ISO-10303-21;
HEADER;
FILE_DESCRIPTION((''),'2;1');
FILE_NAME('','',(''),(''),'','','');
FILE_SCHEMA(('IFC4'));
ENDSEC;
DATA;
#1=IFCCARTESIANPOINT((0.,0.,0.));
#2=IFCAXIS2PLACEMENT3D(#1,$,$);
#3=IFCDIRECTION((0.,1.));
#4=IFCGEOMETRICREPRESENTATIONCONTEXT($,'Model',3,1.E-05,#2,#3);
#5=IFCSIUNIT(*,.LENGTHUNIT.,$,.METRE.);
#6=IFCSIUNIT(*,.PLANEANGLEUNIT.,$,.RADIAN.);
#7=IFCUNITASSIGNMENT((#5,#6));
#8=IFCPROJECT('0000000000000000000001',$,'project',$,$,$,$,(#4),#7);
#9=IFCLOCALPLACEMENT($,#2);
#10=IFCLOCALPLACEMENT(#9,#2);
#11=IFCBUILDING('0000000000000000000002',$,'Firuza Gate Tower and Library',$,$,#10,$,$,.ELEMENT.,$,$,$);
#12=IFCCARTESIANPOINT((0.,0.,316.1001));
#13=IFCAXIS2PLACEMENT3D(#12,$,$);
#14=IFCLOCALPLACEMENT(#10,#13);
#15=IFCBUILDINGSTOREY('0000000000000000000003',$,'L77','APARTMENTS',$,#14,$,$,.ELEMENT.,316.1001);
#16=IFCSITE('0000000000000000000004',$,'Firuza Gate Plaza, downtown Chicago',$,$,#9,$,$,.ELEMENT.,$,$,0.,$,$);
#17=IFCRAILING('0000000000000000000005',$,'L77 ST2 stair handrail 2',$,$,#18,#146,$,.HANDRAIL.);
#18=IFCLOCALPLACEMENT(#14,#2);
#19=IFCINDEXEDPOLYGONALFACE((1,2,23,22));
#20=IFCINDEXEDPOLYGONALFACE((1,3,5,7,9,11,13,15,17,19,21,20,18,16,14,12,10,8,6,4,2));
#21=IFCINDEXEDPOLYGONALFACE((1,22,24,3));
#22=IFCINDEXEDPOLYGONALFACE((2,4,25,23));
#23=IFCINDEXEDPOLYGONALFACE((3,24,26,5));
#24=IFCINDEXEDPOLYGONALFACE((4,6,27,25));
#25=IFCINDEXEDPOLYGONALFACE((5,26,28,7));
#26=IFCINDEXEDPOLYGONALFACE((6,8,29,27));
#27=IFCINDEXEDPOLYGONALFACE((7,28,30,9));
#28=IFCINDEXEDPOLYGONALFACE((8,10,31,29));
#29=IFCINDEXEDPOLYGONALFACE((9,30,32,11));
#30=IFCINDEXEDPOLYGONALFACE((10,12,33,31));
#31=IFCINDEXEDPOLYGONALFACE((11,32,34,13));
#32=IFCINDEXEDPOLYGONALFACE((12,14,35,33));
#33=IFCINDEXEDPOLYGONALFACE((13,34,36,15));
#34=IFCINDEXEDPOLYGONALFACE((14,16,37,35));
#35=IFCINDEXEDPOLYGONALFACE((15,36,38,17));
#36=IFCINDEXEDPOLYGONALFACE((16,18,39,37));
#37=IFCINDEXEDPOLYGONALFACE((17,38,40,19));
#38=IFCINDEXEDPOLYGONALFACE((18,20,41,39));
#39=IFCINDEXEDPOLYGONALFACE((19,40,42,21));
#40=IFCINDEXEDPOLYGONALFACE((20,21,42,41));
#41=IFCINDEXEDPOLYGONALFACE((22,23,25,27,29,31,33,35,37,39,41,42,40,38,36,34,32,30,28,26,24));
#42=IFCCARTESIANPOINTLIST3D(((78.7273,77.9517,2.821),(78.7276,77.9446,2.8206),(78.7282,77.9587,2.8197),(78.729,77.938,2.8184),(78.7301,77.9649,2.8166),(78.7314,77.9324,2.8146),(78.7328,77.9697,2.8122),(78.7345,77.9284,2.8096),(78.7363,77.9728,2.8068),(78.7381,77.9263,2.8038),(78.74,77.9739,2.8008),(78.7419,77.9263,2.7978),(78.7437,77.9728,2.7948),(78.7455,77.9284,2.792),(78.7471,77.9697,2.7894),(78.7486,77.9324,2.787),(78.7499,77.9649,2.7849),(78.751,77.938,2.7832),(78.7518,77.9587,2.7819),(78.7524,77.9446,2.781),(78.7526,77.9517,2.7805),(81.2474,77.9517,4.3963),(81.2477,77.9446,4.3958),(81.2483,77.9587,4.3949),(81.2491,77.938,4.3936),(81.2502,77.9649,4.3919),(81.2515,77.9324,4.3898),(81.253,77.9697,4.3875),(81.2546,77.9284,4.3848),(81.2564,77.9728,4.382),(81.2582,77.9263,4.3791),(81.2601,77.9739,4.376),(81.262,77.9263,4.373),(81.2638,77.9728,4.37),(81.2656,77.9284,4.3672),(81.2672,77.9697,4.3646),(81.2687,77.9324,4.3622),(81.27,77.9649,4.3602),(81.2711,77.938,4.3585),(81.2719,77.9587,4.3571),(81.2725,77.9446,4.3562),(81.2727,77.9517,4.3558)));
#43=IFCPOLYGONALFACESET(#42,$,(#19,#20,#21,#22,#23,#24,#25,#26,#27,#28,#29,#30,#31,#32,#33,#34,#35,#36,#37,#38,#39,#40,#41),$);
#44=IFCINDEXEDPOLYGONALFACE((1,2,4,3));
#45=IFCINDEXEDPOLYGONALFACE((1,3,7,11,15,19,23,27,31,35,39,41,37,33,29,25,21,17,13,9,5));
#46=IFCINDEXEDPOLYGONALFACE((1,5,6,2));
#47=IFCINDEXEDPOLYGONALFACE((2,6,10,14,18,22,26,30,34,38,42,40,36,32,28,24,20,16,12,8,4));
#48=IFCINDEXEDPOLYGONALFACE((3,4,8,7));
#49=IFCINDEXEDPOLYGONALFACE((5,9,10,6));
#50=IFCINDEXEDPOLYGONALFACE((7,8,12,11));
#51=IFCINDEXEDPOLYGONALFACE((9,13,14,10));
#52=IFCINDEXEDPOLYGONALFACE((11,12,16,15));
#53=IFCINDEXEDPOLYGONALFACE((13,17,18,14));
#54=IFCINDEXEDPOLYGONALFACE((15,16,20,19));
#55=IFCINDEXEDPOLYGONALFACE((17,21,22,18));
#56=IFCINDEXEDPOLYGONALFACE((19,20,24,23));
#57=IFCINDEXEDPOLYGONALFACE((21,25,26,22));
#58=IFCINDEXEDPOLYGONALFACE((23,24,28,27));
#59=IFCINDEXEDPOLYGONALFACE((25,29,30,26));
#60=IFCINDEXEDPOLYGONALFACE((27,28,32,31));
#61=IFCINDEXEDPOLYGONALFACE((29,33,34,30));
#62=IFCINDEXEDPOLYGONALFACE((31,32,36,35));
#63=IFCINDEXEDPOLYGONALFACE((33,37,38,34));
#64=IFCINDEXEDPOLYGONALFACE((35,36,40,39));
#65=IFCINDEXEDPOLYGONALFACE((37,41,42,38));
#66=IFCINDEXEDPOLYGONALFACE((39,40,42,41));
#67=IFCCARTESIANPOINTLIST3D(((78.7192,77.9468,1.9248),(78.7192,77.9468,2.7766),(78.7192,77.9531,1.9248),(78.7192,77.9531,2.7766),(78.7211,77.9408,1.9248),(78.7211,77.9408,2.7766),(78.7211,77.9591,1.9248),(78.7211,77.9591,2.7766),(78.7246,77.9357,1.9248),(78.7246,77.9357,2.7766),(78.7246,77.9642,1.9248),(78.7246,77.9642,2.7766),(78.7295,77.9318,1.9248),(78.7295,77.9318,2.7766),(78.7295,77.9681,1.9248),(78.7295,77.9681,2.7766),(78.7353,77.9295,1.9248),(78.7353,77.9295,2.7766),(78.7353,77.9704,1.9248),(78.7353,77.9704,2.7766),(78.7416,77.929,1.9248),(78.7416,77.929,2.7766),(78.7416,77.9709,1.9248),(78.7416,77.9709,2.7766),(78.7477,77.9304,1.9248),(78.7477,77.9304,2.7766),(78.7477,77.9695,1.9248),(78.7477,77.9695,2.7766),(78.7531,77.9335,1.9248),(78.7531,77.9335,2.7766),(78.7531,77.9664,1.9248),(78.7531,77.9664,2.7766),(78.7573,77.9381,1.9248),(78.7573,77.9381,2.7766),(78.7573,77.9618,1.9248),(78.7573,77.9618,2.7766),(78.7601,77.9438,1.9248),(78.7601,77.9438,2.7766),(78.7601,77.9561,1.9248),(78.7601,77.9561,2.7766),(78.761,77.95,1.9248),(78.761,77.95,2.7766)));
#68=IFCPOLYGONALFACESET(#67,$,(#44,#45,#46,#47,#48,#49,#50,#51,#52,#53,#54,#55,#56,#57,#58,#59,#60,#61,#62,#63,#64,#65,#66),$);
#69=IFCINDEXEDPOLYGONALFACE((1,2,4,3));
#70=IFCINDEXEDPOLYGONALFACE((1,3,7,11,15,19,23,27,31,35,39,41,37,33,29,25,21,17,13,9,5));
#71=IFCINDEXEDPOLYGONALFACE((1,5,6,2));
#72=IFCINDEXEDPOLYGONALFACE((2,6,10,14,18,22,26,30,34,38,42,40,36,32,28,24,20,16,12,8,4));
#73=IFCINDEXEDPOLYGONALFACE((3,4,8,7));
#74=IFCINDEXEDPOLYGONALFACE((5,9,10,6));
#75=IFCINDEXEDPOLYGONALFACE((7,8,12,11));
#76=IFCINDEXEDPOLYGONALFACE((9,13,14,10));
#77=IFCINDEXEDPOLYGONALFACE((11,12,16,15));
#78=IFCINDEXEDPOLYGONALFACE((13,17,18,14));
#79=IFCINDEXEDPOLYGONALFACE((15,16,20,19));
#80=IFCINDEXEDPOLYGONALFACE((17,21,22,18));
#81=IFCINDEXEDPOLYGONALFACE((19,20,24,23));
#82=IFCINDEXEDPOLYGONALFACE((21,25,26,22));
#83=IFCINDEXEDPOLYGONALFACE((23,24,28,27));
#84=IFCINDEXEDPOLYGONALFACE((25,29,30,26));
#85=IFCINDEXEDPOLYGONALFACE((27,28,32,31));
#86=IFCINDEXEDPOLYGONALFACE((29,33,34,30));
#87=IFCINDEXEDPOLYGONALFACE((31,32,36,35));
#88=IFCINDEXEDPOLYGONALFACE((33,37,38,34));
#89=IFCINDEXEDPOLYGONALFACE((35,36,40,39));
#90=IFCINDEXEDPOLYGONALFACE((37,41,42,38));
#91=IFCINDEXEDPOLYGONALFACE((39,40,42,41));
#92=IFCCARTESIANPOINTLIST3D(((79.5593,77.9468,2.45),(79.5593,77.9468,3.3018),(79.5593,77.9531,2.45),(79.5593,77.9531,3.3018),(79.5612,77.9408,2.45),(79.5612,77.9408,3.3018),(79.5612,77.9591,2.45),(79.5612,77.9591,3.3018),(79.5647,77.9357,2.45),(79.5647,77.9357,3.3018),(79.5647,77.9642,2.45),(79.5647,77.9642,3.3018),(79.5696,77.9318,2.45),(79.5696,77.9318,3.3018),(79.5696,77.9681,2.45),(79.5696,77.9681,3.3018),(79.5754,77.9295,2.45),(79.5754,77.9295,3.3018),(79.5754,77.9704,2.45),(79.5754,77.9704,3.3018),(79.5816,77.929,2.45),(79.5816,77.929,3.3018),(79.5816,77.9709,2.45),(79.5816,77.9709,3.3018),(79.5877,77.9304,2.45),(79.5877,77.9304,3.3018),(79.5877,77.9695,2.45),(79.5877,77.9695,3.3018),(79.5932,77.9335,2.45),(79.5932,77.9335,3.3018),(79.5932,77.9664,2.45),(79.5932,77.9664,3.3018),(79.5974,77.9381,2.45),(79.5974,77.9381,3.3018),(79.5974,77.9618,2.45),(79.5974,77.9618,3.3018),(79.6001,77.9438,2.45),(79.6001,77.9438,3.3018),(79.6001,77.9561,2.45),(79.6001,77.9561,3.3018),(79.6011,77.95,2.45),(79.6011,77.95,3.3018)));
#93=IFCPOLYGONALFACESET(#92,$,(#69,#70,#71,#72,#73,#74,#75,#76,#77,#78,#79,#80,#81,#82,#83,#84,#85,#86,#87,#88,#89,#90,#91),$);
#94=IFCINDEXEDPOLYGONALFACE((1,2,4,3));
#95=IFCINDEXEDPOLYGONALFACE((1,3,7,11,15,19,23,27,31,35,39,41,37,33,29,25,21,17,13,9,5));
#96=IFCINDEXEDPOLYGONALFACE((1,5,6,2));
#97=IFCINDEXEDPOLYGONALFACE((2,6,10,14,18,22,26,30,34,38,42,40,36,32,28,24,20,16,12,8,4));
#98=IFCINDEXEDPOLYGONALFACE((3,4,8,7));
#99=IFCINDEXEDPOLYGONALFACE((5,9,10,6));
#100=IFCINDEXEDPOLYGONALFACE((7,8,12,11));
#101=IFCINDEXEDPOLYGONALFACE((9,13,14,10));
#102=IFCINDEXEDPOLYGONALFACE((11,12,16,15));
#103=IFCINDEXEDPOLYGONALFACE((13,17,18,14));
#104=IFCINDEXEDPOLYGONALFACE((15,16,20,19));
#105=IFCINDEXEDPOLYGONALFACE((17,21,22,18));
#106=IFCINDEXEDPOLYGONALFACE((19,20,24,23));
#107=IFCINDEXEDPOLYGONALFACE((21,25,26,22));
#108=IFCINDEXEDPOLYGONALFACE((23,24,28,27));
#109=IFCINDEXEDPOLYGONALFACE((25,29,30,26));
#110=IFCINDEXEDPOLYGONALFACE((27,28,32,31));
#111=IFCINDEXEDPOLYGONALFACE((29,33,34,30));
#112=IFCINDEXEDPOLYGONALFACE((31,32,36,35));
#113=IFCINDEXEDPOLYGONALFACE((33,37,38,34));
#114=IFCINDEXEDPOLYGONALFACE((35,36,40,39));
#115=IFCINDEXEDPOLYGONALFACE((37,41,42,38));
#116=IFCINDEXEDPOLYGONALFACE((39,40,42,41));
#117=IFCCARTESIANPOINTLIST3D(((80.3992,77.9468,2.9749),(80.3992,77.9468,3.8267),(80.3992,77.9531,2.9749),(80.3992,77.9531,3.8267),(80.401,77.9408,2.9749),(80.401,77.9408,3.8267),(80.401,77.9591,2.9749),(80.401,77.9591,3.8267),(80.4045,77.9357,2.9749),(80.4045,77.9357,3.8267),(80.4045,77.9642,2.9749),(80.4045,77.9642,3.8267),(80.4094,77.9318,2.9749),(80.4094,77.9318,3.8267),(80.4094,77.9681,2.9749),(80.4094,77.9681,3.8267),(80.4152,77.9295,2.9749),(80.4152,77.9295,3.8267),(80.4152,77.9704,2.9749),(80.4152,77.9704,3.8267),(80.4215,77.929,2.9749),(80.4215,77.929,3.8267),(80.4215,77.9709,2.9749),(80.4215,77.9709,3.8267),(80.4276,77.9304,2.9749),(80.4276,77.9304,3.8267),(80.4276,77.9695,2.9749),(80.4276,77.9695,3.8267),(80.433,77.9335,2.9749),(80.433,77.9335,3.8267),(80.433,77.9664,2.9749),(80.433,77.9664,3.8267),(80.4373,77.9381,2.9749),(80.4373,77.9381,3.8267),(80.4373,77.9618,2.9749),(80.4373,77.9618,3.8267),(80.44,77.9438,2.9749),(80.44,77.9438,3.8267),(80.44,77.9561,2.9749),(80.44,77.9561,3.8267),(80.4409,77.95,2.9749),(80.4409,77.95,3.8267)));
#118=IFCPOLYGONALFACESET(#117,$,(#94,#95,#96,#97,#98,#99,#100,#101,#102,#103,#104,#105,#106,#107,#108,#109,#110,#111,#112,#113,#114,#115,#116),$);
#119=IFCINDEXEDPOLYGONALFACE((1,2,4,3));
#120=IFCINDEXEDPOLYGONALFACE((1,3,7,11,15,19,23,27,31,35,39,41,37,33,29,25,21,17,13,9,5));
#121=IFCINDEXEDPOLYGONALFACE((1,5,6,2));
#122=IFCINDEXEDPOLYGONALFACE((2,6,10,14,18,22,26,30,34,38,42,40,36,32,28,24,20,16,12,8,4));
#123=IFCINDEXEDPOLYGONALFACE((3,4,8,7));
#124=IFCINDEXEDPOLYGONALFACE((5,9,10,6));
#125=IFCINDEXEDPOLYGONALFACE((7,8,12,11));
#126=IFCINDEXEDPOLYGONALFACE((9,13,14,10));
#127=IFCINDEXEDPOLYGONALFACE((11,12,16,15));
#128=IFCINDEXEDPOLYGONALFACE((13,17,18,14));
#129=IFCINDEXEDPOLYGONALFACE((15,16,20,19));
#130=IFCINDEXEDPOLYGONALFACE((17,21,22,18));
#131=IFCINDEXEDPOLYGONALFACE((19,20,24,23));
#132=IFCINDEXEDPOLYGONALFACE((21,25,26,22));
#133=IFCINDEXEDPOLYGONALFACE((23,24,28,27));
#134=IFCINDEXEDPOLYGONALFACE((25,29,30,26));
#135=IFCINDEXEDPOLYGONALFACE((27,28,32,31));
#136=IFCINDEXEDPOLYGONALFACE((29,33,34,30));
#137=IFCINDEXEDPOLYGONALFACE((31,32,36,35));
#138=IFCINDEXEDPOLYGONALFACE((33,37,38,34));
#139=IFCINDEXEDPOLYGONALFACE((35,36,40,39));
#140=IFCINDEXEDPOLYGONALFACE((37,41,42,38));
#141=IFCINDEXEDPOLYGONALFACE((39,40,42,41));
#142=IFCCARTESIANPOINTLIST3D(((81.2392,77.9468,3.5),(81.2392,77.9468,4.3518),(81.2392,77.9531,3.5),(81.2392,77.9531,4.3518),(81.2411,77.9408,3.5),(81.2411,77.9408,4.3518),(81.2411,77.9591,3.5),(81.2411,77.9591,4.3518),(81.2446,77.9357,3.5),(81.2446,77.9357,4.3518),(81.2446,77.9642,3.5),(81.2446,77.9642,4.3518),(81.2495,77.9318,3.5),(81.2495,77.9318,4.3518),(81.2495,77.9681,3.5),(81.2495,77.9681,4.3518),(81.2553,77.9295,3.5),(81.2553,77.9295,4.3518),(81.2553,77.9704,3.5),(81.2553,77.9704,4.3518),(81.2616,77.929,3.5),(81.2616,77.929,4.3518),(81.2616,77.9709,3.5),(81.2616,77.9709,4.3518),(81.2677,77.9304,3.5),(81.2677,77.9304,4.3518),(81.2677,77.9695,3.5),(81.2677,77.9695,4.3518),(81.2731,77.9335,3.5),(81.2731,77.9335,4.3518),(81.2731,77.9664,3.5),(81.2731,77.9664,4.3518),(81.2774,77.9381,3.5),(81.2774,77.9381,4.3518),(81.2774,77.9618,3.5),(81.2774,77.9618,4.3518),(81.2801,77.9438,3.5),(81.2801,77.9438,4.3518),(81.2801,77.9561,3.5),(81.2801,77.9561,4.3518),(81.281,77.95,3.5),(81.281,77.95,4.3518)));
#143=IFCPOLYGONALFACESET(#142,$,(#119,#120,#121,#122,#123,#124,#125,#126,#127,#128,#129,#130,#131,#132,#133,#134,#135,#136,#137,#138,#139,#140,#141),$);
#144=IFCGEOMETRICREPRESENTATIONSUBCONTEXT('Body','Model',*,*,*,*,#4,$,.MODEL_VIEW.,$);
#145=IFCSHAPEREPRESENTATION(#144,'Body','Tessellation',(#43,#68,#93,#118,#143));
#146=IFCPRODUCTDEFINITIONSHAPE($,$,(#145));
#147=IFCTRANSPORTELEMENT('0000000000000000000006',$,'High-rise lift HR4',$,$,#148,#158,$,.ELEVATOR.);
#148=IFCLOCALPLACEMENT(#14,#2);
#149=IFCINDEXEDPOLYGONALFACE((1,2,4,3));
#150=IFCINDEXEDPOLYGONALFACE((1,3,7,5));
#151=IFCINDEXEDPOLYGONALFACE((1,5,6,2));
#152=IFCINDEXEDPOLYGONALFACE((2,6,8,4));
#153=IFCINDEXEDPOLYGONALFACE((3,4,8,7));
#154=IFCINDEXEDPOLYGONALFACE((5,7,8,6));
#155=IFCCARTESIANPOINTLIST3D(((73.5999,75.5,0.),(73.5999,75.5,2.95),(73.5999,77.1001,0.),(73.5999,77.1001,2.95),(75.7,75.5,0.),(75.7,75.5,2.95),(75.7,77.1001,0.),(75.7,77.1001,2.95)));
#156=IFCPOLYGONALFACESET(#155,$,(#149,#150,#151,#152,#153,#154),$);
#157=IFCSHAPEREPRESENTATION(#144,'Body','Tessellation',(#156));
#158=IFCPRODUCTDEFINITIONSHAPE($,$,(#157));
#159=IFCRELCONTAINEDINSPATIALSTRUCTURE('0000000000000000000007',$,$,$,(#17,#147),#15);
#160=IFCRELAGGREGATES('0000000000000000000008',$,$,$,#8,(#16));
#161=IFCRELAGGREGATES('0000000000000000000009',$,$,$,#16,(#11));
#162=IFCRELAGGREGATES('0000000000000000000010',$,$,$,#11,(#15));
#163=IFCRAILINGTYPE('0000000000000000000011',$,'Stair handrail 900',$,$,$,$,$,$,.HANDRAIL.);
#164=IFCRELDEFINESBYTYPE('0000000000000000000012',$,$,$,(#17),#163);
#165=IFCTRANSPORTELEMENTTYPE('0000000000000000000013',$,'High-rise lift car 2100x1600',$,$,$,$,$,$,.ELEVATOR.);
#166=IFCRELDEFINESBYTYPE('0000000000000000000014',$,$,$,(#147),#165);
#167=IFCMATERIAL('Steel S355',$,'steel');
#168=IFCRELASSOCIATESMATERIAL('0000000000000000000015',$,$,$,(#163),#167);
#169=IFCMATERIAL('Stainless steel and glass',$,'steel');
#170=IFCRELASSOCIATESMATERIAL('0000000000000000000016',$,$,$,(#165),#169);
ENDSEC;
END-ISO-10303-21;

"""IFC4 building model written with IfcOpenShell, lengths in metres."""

from ifc_helpers import new_model, si_unit, direction, frame, origin, origin_2d, place, context, subcontext, project, spatial, rectangle, circle, extrude, material, type_object, element, save


model = new_model("IFC4")

# Units and contexts
model_context = context("Model", 3, precision=1e-05, world=origin(), true_north=direction((0.0, 1.0)))
body_context = subcontext(model_context, "Body", "Model", "MODEL_VIEW")
ifc_project = project(units=[si_unit("LENGTHUNIT", "METRE"), si_unit("PLANEANGLEUNIT", "RADIAN")], contexts=[model_context])

# Site, building, storey
site_placement = place(None, origin())
site = spatial("IfcSite", under=ifc_project, at=site_placement, Name="Firuza Gate Plaza, downtown Chicago", CompositionType="ELEMENT", RefElevation=0.0)
building_placement = place(site_placement, origin())
building = spatial("IfcBuilding", under=site, at=building_placement, Name="Firuza Gate Tower and Library", CompositionType="ELEMENT")
storey_placement = place(building_placement, frame((0.0, 0.0, 316.1001)))
storey = spatial("IfcBuildingStorey", under=building, at=storey_placement, Name="L77", Description="APARTMENTS", CompositionType="ELEMENT", Elevation=316.1001)

# Railing
ifc_material_1 = material(Name="Steel S355", Category="steel")
railing_type_1 = type_object("IfcRailingType", Name="Stair handrail 900", PredefinedType="HANDRAIL", material=ifc_material_1)
railing_1_placement = place(storey_placement, frame((78.74, 77.95, 1.9248)))
element("IfcRailing", 1, at=railing_1_placement, inside=storey, type_object=railing_type_1, Name="L77 ST2 stair handrail 2", PredefinedType="HANDRAIL", context=body_context, shape_type="SweptSolid", body=[
    extrude(circle(Radius=0.0239, at=origin_2d()), frame((0.0, 0.0, 0.876), z_axis=(0.847971, 0.0, 0.530043), x_axis=(0.0, 1.0, 0.0)), (0.0, 0.0, 1.0), 2.9719),
    extrude(circle(Radius=0.021, at=origin_2d()), origin(), (0.0, 0.0, 1.0), 0.8518),
    extrude(circle(Radius=0.021, at=origin_2d()), frame((0.8401, 0.0, 0.5251)), (0.0, 0.0, 1.0), 0.8518),
    extrude(circle(Radius=0.021, at=origin_2d()), frame((1.6799, 0.0, 1.05)), (0.0, 0.0, 1.0), 0.8518),
    extrude(circle(Radius=0.021, at=origin_2d()), frame((2.52, 0.0, 1.5752)), (0.0, 0.0, 1.0), 0.8518),
])

# Transport element
ifc_material_2 = material(Name="Stainless steel and glass", Category="steel")
transport_element_type = type_object("IfcTransportElementType", Name="High-rise lift car 2100x1600", PredefinedType="ELEVATOR", material=ifc_material_2)
transport_element_placement = place(storey_placement, frame((74.6499, 76.3, 0.0), z_axis=(0.0, 0.0, 1.0), x_axis=(1.0, 0.0, 0.0)))
element("IfcTransportElement", 2, at=transport_element_placement, inside=storey, type_object=transport_element_type, Name="High-rise lift HR4", PredefinedType="ELEVATOR", context=body_context, shape_type="SweptSolid", body=[
    extrude(rectangle(XDim=2.1001, YDim=1.6001, at=origin_2d()), origin(), (0.0, 0.0, 1.0), 2.95),
])

save(model, "model.ifc")
